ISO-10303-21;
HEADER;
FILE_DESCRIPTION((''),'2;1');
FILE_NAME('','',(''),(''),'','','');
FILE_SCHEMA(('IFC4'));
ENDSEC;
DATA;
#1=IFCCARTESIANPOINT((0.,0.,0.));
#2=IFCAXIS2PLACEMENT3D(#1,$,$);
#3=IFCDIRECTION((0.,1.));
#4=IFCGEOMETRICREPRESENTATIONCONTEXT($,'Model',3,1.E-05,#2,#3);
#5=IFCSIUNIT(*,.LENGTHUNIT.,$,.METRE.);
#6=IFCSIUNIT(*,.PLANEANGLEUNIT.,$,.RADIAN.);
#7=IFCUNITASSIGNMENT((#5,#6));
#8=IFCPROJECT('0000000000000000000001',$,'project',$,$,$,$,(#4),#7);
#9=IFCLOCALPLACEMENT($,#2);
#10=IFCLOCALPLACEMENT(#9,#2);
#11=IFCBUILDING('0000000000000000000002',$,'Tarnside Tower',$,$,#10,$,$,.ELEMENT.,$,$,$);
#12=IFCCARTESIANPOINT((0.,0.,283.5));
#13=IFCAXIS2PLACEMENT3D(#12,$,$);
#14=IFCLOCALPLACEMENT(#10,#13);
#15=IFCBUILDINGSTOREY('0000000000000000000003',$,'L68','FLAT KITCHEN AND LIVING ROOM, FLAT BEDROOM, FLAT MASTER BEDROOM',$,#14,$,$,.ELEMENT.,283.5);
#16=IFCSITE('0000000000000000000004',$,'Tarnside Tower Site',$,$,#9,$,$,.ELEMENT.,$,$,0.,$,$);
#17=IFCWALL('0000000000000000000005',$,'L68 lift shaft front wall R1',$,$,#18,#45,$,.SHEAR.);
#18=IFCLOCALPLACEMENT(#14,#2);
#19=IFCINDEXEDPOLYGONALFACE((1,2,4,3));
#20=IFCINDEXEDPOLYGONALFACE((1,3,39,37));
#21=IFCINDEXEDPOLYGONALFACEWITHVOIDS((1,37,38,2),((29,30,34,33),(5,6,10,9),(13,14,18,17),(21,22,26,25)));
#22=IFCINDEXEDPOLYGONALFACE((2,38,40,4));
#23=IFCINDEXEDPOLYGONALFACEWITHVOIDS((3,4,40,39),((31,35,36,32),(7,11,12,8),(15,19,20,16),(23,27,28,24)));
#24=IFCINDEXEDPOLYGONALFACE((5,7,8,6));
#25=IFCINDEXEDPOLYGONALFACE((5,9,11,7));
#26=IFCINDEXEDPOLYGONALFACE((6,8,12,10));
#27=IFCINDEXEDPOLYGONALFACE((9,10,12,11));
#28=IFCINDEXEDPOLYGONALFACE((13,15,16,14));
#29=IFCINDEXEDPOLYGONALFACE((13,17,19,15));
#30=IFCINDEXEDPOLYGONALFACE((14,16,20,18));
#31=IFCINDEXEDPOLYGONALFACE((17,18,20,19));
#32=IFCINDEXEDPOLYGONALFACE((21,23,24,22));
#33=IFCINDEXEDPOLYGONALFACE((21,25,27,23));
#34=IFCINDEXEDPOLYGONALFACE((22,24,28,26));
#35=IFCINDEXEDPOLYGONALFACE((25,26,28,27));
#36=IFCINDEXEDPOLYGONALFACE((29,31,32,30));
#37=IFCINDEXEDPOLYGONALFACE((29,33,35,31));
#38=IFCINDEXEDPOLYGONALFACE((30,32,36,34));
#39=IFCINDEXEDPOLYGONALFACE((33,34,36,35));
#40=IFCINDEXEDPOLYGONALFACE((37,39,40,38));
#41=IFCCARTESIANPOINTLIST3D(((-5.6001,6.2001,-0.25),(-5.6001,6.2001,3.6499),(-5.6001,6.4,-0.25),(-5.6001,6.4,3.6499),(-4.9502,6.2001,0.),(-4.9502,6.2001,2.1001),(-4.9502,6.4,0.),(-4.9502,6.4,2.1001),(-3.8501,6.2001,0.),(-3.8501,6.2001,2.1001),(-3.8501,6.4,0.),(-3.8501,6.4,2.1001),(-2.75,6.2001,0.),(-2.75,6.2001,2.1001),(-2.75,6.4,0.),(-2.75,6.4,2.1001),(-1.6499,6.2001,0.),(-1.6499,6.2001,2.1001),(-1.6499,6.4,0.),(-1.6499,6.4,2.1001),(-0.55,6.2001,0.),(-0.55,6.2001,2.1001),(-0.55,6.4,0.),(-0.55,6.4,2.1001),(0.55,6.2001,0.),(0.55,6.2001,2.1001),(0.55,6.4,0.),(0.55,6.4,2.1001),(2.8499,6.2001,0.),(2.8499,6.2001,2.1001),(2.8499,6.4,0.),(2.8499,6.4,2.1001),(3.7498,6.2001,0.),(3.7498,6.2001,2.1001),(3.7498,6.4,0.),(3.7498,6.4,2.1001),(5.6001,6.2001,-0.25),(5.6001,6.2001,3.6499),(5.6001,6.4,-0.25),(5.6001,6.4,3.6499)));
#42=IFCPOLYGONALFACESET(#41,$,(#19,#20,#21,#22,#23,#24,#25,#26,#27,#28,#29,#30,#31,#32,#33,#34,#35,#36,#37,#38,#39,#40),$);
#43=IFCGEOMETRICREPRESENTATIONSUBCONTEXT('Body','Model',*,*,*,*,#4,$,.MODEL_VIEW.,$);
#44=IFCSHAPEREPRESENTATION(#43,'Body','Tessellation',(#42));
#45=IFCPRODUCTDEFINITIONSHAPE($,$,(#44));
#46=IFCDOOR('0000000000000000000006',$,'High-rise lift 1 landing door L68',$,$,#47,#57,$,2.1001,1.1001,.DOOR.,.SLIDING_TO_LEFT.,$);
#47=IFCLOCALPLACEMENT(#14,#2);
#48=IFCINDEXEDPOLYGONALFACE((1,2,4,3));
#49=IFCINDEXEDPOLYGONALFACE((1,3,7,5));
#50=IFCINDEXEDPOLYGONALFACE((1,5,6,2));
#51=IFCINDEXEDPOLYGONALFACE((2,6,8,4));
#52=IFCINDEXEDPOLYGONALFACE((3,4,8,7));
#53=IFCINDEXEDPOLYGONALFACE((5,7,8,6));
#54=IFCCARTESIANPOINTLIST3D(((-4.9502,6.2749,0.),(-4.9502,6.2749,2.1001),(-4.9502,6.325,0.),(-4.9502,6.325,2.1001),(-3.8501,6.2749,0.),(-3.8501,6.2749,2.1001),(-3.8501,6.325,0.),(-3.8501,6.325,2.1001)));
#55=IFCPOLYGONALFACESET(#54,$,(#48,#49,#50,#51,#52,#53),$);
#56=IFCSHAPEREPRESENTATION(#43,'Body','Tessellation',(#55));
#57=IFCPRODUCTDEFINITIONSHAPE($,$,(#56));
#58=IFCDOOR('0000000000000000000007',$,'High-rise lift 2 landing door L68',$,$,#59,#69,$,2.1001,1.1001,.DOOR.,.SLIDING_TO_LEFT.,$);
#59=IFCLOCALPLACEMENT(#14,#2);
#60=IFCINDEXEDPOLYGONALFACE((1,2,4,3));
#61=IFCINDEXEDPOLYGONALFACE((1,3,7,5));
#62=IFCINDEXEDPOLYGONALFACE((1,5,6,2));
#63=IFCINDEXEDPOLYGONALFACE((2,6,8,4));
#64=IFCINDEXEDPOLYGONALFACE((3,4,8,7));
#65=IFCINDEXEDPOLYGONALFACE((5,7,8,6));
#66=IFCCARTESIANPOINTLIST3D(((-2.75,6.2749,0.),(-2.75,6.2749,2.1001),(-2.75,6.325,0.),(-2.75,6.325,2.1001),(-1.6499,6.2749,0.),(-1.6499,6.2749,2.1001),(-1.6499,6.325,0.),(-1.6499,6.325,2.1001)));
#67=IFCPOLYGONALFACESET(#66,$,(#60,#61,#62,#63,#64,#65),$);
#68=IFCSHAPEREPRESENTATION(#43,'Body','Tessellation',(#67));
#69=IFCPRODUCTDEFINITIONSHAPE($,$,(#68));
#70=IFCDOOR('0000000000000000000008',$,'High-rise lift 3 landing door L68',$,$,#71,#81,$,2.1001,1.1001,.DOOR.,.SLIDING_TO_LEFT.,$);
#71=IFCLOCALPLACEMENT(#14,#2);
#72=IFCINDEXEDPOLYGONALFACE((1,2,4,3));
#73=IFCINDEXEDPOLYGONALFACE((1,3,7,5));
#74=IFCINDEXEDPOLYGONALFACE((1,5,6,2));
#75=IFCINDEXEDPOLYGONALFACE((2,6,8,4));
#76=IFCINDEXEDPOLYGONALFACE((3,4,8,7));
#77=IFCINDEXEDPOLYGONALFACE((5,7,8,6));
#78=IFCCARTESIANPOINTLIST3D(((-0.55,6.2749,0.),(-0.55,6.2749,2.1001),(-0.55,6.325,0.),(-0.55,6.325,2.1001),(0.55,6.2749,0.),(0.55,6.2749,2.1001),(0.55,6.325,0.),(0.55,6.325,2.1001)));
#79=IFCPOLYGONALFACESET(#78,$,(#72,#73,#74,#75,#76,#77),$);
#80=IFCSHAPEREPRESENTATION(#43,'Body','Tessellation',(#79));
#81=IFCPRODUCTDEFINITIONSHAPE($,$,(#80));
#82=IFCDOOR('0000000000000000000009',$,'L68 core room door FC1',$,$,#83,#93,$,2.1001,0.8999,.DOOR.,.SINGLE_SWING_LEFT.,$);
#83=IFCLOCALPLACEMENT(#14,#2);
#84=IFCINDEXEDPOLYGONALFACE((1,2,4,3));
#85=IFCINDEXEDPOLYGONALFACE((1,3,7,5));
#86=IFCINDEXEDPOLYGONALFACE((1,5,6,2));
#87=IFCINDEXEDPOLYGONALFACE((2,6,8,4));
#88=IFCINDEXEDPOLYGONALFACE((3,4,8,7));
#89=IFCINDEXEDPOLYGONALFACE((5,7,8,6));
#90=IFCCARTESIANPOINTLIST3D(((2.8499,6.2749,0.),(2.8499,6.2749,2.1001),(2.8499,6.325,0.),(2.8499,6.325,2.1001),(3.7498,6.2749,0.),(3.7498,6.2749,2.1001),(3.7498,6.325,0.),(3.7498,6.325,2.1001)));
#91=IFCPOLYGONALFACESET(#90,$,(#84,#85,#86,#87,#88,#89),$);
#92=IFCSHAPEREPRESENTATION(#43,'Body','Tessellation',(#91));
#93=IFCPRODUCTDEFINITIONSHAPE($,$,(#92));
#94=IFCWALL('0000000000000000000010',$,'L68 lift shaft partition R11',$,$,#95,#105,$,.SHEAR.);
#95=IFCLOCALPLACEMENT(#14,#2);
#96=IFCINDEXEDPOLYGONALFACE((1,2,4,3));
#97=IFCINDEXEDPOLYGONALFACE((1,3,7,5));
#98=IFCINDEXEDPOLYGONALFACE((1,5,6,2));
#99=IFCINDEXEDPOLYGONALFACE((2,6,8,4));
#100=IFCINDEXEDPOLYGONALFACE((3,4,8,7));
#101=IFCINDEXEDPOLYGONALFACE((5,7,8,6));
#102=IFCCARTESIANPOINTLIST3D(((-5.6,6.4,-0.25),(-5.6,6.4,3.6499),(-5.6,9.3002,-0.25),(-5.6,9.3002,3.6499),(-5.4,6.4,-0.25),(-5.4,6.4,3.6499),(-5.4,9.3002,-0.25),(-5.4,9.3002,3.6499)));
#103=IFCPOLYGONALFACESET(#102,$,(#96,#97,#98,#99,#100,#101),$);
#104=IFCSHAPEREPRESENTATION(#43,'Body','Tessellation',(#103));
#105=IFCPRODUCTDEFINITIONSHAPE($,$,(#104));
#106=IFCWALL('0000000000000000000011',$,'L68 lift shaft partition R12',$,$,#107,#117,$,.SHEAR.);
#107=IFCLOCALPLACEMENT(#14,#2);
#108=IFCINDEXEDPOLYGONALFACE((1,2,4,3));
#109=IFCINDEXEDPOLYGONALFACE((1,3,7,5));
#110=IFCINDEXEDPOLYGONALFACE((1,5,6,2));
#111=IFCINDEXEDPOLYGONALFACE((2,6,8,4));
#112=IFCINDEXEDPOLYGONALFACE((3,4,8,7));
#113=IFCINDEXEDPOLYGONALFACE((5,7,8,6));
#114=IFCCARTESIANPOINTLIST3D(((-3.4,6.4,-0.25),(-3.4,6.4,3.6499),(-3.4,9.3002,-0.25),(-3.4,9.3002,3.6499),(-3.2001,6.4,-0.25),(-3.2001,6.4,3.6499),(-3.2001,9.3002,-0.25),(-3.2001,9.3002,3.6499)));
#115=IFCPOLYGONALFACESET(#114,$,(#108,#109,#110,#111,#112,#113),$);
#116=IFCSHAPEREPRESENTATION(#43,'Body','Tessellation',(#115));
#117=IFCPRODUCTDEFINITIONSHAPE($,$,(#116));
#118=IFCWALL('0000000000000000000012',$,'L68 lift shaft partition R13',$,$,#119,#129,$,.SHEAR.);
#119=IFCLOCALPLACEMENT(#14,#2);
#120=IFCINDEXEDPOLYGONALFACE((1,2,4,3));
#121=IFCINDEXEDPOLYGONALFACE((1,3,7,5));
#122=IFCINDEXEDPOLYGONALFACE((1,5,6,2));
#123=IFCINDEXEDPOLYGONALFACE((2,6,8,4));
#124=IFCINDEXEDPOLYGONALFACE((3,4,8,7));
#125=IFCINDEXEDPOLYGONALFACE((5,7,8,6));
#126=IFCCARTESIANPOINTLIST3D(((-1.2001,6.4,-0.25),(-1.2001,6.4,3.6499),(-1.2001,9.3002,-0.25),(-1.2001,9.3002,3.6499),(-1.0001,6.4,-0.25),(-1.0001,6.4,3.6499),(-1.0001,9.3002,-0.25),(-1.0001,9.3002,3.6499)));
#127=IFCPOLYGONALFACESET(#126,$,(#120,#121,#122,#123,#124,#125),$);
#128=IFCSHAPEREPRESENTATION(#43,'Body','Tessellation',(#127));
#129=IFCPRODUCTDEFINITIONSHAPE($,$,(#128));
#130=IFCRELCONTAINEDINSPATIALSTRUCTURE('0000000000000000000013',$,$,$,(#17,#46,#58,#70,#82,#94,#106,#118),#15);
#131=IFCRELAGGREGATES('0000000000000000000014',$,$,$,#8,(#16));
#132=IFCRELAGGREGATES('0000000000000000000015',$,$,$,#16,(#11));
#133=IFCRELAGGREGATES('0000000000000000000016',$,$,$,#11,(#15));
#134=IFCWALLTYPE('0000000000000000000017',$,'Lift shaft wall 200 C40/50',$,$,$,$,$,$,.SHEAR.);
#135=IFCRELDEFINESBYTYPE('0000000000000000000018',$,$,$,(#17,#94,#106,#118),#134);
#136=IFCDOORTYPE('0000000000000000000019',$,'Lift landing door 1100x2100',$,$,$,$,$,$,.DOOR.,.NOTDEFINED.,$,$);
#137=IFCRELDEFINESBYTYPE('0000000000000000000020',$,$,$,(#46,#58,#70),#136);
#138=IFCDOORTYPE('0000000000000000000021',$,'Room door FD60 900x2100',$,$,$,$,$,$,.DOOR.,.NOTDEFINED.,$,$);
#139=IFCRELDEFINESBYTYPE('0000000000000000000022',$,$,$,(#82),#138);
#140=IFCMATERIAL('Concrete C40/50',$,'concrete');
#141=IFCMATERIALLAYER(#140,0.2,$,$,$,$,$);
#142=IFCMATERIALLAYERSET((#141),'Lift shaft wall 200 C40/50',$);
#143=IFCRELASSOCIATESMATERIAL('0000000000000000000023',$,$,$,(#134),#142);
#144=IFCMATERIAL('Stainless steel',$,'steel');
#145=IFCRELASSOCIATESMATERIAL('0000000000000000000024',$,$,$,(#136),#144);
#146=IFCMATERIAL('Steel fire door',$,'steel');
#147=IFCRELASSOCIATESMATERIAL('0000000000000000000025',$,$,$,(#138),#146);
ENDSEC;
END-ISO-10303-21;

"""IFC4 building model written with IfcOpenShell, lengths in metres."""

from ifc_helpers import new_model, si_unit, direction, frame, frame_2d, origin, place, context, subcontext, project, spatial, rectangle, extrude, material, layer, layer_set, type_object, element, fill, save


model = new_model("IFC4")

# Units and contexts
model_context = context("Model", 3, precision=1e-05, world=origin(), true_north=direction((0.0, 1.0)))
body_context = subcontext(model_context, "Body", "Model", "MODEL_VIEW")
ifc_project = project(units=[si_unit("LENGTHUNIT", "METRE"), si_unit("PLANEANGLEUNIT", "RADIAN")], contexts=[model_context])

# Site, building, storey
site_placement = place(None, origin())
site = spatial("IfcSite", under=ifc_project, at=site_placement, Name="Tarnside Tower Site", CompositionType="ELEMENT", RefElevation=0.0)
building_placement = place(site_placement, origin())
building = spatial("IfcBuilding", under=site, at=building_placement, Name="Tarnside Tower", CompositionType="ELEMENT")
storey_placement = place(building_placement, frame((0.0, 0.0, 283.5)))
storey = spatial("IfcBuildingStorey", under=building, at=storey_placement, Name="L68", Description="FLAT KITCHEN AND LIVING ROOM, FLAT BEDROOM, FLAT MASTER BEDROOM", CompositionType="ELEMENT", Elevation=283.5)

# Wall, openings, doors
ifc_material_1 = material(Name="Concrete C40/50", Category="concrete")
ifc_layer_1 = layer(ifc_material_1, 0.2)
ifc_layer_set_1 = layer_set([ifc_layer_1], Name="Lift shaft wall 200 C40/50")
wall_type_1 = type_object("IfcWallType", Name="Lift shaft wall 200 C40/50", PredefinedType="SHEAR", material=ifc_layer_set_1)
wall_1_placement = place(storey_placement, frame((-5.6001, 6.3, -0.25), z_axis=(0.0, 0.0, 1.0), x_axis=(1.0, 0.0, 0.0)))
wall_1 = element("IfcWall", 1, at=wall_1_placement, inside=storey, type_object=wall_type_1, Name="L68 lift shaft front wall R1", PredefinedType="SHEAR", context=body_context, shape_type="SweptSolid", body=[
    extrude(rectangle(XDim=11.2002, YDim=0.2, at=frame_2d((5.6001, 0.0))), origin(), (0.0, 0.0, 1.0), 3.8999),
])
opening_1_placement = place(wall_1_placement, frame((8.45, 0.0, 0.25)))
opening_1 = element("IfcOpeningElement", 2, at=opening_1_placement, cuts=wall_1, PredefinedType="OPENING", context=body_context, shape_type="SweptSolid", body=[
    extrude(rectangle(XDim=0.8999, YDim=2.1001, at=frame_2d((0.45, 1.05))), frame((0.0, 0.1099, 0.0), z_axis=(0.0, -1.0, 0.0), x_axis=(1.0, 0.0, 0.0)), (0.0, 0.0, 1.0), 0.22),
])
opening_2_placement = place(wall_1_placement, frame((0.6499, 0.0, 0.25)))
opening_2 = element("IfcOpeningElement", 3, at=opening_2_placement, cuts=wall_1, PredefinedType="OPENING", context=body_context, shape_type="SweptSolid", body=[
    extrude(rectangle(XDim=1.1001, YDim=2.1001, at=frame_2d((0.55, 1.05))), frame((0.0, 0.1099, 0.0), z_axis=(0.0, -1.0, 0.0), x_axis=(1.0, 0.0, 0.0)), (0.0, 0.0, 1.0), 0.22),
])
opening_3_placement = place(wall_1_placement, frame((2.8501, 0.0, 0.25)))
opening_3 = element("IfcOpeningElement", 4, at=opening_3_placement, cuts=wall_1, PredefinedType="OPENING", context=body_context, shape_type="SweptSolid", body=[
    extrude(rectangle(XDim=1.1001, YDim=2.1001, at=frame_2d((0.55, 1.05))), frame((0.0, 0.1099, 0.0), z_axis=(0.0, -1.0, 0.0), x_axis=(1.0, 0.0, 0.0)), (0.0, 0.0, 1.0), 0.22),
])
opening_4_placement = place(wall_1_placement, frame((5.05, 0.0, 0.25)))
opening_4 = element("IfcOpeningElement", 5, at=opening_4_placement, cuts=wall_1, PredefinedType="OPENING", context=body_context, shape_type="SweptSolid", body=[
    extrude(rectangle(XDim=1.1001, YDim=2.1001, at=frame_2d((0.55, 1.05))), frame((0.0, 0.1099, 0.0), z_axis=(0.0, -1.0, 0.0), x_axis=(1.0, 0.0, 0.0)), (0.0, 0.0, 1.0), 0.22),
])
ifc_material_2 = material(Name="Stainless steel", Category="steel")
door_type_1 = type_object("IfcDoorType", Name="Lift landing door 1100x2100", OperationType="NOTDEFINED", PredefinedType="DOOR", material=ifc_material_2)
door_1_placement = place(opening_2_placement, origin())
door_1 = element("IfcDoor", 6, at=door_1_placement, inside=storey, type_object=door_type_1, Name="High-rise lift 1 landing door L68", OperationType="SLIDING_TO_LEFT", OverallHeight=2.1001, OverallWidth=1.1001, PredefinedType="DOOR", context=body_context, shape_type="SweptSolid", body=[
    extrude(rectangle(XDim=1.1001, YDim=2.1001, at=frame_2d((0.55, 1.05))), frame((0.0, 0.0249, 0.0), z_axis=(0.0, -1.0, 0.0), x_axis=(1.0, 0.0, 0.0)), (0.0, 0.0, 1.0), 0.05),
])
fill(opening_2, door_1)
door_2_placement = place(opening_3_placement, origin())
door_2 = element("IfcDoor", 7, at=door_2_placement, inside=storey, type_object=door_type_1, Name="High-rise lift 2 landing door L68", OperationType="SLIDING_TO_LEFT", OverallHeight=2.1001, OverallWidth=1.1001, PredefinedType="DOOR", context=body_context, shape_type="SweptSolid", body=[
    extrude(rectangle(XDim=1.1001, YDim=2.1001, at=frame_2d((0.55, 1.05))), frame((0.0, 0.0249, 0.0), z_axis=(0.0, -1.0, 0.0), x_axis=(1.0, 0.0, 0.0)), (0.0, 0.0, 1.0), 0.05),
])
fill(opening_3, door_2)
door_3_placement = place(opening_4_placement, origin())
door_3 = element("IfcDoor", 8, at=door_3_placement, inside=storey, type_object=door_type_1, Name="High-rise lift 3 landing door L68", OperationType="SLIDING_TO_LEFT", OverallHeight=2.1001, OverallWidth=1.1001, PredefinedType="DOOR", context=body_context, shape_type="SweptSolid", body=[
    extrude(rectangle(XDim=1.1001, YDim=2.1001, at=frame_2d((0.55, 1.05))), frame((0.0, 0.0249, 0.0), z_axis=(0.0, -1.0, 0.0), x_axis=(1.0, 0.0, 0.0)), (0.0, 0.0, 1.0), 0.05),
])
fill(opening_4, door_3)
ifc_material_3 = material(Name="Steel fire door", Category="steel")
door_type_2 = type_object("IfcDoorType", Name="Room door FD60 900x2100", OperationType="NOTDEFINED", PredefinedType="DOOR", material=ifc_material_3)
door_4_placement = place(opening_1_placement, origin())
door_4 = element("IfcDoor", 9, at=door_4_placement, inside=storey, type_object=door_type_2, Name="L68 core room door FC1", OperationType="SINGLE_SWING_LEFT", OverallHeight=2.1001, OverallWidth=0.8999, PredefinedType="DOOR", context=body_context, shape_type="SweptSolid", body=[
    extrude(rectangle(XDim=0.8999, YDim=2.1001, at=frame_2d((0.45, 1.05))), frame((0.0, 0.0249, 0.0), z_axis=(0.0, -1.0, 0.0), x_axis=(1.0, 0.0, 0.0)), (0.0, 0.0, 1.0), 0.05),
])
fill(opening_1, door_4)

# Walls
for number, where, z_axis, x_axis, name in (
    (10, (-5.5, 6.3999, -0.25), (0.0, 0.0, 1.0), (0.0, 1.0, 0.0), "L68 lift shaft partition R11"),
    (11, (-3.3, 6.3999, -0.25), (0.0, 0.0, 1.0), (0.0, 1.0, 0.0), "L68 lift shaft partition R12"),
    (12, (-1.1001, 6.3999, -0.25), (0.0, 0.0, 1.0), (0.0, 1.0, 0.0), "L68 lift shaft partition R13"),
):
    element("IfcWall", number, at=place(storey_placement, frame(where, z_axis=z_axis, x_axis=x_axis)), inside=storey, type_object=wall_type_1, Name=name, PredefinedType="SHEAR", context=body_context, shape_type="SweptSolid", body=[
        extrude(rectangle(XDim=2.9001, YDim=0.2, at=frame_2d((1.4502, 0.0))), origin(), (0.0, 0.0, 1.0), 3.8999),
    ])

save(model, "model.ifc")
